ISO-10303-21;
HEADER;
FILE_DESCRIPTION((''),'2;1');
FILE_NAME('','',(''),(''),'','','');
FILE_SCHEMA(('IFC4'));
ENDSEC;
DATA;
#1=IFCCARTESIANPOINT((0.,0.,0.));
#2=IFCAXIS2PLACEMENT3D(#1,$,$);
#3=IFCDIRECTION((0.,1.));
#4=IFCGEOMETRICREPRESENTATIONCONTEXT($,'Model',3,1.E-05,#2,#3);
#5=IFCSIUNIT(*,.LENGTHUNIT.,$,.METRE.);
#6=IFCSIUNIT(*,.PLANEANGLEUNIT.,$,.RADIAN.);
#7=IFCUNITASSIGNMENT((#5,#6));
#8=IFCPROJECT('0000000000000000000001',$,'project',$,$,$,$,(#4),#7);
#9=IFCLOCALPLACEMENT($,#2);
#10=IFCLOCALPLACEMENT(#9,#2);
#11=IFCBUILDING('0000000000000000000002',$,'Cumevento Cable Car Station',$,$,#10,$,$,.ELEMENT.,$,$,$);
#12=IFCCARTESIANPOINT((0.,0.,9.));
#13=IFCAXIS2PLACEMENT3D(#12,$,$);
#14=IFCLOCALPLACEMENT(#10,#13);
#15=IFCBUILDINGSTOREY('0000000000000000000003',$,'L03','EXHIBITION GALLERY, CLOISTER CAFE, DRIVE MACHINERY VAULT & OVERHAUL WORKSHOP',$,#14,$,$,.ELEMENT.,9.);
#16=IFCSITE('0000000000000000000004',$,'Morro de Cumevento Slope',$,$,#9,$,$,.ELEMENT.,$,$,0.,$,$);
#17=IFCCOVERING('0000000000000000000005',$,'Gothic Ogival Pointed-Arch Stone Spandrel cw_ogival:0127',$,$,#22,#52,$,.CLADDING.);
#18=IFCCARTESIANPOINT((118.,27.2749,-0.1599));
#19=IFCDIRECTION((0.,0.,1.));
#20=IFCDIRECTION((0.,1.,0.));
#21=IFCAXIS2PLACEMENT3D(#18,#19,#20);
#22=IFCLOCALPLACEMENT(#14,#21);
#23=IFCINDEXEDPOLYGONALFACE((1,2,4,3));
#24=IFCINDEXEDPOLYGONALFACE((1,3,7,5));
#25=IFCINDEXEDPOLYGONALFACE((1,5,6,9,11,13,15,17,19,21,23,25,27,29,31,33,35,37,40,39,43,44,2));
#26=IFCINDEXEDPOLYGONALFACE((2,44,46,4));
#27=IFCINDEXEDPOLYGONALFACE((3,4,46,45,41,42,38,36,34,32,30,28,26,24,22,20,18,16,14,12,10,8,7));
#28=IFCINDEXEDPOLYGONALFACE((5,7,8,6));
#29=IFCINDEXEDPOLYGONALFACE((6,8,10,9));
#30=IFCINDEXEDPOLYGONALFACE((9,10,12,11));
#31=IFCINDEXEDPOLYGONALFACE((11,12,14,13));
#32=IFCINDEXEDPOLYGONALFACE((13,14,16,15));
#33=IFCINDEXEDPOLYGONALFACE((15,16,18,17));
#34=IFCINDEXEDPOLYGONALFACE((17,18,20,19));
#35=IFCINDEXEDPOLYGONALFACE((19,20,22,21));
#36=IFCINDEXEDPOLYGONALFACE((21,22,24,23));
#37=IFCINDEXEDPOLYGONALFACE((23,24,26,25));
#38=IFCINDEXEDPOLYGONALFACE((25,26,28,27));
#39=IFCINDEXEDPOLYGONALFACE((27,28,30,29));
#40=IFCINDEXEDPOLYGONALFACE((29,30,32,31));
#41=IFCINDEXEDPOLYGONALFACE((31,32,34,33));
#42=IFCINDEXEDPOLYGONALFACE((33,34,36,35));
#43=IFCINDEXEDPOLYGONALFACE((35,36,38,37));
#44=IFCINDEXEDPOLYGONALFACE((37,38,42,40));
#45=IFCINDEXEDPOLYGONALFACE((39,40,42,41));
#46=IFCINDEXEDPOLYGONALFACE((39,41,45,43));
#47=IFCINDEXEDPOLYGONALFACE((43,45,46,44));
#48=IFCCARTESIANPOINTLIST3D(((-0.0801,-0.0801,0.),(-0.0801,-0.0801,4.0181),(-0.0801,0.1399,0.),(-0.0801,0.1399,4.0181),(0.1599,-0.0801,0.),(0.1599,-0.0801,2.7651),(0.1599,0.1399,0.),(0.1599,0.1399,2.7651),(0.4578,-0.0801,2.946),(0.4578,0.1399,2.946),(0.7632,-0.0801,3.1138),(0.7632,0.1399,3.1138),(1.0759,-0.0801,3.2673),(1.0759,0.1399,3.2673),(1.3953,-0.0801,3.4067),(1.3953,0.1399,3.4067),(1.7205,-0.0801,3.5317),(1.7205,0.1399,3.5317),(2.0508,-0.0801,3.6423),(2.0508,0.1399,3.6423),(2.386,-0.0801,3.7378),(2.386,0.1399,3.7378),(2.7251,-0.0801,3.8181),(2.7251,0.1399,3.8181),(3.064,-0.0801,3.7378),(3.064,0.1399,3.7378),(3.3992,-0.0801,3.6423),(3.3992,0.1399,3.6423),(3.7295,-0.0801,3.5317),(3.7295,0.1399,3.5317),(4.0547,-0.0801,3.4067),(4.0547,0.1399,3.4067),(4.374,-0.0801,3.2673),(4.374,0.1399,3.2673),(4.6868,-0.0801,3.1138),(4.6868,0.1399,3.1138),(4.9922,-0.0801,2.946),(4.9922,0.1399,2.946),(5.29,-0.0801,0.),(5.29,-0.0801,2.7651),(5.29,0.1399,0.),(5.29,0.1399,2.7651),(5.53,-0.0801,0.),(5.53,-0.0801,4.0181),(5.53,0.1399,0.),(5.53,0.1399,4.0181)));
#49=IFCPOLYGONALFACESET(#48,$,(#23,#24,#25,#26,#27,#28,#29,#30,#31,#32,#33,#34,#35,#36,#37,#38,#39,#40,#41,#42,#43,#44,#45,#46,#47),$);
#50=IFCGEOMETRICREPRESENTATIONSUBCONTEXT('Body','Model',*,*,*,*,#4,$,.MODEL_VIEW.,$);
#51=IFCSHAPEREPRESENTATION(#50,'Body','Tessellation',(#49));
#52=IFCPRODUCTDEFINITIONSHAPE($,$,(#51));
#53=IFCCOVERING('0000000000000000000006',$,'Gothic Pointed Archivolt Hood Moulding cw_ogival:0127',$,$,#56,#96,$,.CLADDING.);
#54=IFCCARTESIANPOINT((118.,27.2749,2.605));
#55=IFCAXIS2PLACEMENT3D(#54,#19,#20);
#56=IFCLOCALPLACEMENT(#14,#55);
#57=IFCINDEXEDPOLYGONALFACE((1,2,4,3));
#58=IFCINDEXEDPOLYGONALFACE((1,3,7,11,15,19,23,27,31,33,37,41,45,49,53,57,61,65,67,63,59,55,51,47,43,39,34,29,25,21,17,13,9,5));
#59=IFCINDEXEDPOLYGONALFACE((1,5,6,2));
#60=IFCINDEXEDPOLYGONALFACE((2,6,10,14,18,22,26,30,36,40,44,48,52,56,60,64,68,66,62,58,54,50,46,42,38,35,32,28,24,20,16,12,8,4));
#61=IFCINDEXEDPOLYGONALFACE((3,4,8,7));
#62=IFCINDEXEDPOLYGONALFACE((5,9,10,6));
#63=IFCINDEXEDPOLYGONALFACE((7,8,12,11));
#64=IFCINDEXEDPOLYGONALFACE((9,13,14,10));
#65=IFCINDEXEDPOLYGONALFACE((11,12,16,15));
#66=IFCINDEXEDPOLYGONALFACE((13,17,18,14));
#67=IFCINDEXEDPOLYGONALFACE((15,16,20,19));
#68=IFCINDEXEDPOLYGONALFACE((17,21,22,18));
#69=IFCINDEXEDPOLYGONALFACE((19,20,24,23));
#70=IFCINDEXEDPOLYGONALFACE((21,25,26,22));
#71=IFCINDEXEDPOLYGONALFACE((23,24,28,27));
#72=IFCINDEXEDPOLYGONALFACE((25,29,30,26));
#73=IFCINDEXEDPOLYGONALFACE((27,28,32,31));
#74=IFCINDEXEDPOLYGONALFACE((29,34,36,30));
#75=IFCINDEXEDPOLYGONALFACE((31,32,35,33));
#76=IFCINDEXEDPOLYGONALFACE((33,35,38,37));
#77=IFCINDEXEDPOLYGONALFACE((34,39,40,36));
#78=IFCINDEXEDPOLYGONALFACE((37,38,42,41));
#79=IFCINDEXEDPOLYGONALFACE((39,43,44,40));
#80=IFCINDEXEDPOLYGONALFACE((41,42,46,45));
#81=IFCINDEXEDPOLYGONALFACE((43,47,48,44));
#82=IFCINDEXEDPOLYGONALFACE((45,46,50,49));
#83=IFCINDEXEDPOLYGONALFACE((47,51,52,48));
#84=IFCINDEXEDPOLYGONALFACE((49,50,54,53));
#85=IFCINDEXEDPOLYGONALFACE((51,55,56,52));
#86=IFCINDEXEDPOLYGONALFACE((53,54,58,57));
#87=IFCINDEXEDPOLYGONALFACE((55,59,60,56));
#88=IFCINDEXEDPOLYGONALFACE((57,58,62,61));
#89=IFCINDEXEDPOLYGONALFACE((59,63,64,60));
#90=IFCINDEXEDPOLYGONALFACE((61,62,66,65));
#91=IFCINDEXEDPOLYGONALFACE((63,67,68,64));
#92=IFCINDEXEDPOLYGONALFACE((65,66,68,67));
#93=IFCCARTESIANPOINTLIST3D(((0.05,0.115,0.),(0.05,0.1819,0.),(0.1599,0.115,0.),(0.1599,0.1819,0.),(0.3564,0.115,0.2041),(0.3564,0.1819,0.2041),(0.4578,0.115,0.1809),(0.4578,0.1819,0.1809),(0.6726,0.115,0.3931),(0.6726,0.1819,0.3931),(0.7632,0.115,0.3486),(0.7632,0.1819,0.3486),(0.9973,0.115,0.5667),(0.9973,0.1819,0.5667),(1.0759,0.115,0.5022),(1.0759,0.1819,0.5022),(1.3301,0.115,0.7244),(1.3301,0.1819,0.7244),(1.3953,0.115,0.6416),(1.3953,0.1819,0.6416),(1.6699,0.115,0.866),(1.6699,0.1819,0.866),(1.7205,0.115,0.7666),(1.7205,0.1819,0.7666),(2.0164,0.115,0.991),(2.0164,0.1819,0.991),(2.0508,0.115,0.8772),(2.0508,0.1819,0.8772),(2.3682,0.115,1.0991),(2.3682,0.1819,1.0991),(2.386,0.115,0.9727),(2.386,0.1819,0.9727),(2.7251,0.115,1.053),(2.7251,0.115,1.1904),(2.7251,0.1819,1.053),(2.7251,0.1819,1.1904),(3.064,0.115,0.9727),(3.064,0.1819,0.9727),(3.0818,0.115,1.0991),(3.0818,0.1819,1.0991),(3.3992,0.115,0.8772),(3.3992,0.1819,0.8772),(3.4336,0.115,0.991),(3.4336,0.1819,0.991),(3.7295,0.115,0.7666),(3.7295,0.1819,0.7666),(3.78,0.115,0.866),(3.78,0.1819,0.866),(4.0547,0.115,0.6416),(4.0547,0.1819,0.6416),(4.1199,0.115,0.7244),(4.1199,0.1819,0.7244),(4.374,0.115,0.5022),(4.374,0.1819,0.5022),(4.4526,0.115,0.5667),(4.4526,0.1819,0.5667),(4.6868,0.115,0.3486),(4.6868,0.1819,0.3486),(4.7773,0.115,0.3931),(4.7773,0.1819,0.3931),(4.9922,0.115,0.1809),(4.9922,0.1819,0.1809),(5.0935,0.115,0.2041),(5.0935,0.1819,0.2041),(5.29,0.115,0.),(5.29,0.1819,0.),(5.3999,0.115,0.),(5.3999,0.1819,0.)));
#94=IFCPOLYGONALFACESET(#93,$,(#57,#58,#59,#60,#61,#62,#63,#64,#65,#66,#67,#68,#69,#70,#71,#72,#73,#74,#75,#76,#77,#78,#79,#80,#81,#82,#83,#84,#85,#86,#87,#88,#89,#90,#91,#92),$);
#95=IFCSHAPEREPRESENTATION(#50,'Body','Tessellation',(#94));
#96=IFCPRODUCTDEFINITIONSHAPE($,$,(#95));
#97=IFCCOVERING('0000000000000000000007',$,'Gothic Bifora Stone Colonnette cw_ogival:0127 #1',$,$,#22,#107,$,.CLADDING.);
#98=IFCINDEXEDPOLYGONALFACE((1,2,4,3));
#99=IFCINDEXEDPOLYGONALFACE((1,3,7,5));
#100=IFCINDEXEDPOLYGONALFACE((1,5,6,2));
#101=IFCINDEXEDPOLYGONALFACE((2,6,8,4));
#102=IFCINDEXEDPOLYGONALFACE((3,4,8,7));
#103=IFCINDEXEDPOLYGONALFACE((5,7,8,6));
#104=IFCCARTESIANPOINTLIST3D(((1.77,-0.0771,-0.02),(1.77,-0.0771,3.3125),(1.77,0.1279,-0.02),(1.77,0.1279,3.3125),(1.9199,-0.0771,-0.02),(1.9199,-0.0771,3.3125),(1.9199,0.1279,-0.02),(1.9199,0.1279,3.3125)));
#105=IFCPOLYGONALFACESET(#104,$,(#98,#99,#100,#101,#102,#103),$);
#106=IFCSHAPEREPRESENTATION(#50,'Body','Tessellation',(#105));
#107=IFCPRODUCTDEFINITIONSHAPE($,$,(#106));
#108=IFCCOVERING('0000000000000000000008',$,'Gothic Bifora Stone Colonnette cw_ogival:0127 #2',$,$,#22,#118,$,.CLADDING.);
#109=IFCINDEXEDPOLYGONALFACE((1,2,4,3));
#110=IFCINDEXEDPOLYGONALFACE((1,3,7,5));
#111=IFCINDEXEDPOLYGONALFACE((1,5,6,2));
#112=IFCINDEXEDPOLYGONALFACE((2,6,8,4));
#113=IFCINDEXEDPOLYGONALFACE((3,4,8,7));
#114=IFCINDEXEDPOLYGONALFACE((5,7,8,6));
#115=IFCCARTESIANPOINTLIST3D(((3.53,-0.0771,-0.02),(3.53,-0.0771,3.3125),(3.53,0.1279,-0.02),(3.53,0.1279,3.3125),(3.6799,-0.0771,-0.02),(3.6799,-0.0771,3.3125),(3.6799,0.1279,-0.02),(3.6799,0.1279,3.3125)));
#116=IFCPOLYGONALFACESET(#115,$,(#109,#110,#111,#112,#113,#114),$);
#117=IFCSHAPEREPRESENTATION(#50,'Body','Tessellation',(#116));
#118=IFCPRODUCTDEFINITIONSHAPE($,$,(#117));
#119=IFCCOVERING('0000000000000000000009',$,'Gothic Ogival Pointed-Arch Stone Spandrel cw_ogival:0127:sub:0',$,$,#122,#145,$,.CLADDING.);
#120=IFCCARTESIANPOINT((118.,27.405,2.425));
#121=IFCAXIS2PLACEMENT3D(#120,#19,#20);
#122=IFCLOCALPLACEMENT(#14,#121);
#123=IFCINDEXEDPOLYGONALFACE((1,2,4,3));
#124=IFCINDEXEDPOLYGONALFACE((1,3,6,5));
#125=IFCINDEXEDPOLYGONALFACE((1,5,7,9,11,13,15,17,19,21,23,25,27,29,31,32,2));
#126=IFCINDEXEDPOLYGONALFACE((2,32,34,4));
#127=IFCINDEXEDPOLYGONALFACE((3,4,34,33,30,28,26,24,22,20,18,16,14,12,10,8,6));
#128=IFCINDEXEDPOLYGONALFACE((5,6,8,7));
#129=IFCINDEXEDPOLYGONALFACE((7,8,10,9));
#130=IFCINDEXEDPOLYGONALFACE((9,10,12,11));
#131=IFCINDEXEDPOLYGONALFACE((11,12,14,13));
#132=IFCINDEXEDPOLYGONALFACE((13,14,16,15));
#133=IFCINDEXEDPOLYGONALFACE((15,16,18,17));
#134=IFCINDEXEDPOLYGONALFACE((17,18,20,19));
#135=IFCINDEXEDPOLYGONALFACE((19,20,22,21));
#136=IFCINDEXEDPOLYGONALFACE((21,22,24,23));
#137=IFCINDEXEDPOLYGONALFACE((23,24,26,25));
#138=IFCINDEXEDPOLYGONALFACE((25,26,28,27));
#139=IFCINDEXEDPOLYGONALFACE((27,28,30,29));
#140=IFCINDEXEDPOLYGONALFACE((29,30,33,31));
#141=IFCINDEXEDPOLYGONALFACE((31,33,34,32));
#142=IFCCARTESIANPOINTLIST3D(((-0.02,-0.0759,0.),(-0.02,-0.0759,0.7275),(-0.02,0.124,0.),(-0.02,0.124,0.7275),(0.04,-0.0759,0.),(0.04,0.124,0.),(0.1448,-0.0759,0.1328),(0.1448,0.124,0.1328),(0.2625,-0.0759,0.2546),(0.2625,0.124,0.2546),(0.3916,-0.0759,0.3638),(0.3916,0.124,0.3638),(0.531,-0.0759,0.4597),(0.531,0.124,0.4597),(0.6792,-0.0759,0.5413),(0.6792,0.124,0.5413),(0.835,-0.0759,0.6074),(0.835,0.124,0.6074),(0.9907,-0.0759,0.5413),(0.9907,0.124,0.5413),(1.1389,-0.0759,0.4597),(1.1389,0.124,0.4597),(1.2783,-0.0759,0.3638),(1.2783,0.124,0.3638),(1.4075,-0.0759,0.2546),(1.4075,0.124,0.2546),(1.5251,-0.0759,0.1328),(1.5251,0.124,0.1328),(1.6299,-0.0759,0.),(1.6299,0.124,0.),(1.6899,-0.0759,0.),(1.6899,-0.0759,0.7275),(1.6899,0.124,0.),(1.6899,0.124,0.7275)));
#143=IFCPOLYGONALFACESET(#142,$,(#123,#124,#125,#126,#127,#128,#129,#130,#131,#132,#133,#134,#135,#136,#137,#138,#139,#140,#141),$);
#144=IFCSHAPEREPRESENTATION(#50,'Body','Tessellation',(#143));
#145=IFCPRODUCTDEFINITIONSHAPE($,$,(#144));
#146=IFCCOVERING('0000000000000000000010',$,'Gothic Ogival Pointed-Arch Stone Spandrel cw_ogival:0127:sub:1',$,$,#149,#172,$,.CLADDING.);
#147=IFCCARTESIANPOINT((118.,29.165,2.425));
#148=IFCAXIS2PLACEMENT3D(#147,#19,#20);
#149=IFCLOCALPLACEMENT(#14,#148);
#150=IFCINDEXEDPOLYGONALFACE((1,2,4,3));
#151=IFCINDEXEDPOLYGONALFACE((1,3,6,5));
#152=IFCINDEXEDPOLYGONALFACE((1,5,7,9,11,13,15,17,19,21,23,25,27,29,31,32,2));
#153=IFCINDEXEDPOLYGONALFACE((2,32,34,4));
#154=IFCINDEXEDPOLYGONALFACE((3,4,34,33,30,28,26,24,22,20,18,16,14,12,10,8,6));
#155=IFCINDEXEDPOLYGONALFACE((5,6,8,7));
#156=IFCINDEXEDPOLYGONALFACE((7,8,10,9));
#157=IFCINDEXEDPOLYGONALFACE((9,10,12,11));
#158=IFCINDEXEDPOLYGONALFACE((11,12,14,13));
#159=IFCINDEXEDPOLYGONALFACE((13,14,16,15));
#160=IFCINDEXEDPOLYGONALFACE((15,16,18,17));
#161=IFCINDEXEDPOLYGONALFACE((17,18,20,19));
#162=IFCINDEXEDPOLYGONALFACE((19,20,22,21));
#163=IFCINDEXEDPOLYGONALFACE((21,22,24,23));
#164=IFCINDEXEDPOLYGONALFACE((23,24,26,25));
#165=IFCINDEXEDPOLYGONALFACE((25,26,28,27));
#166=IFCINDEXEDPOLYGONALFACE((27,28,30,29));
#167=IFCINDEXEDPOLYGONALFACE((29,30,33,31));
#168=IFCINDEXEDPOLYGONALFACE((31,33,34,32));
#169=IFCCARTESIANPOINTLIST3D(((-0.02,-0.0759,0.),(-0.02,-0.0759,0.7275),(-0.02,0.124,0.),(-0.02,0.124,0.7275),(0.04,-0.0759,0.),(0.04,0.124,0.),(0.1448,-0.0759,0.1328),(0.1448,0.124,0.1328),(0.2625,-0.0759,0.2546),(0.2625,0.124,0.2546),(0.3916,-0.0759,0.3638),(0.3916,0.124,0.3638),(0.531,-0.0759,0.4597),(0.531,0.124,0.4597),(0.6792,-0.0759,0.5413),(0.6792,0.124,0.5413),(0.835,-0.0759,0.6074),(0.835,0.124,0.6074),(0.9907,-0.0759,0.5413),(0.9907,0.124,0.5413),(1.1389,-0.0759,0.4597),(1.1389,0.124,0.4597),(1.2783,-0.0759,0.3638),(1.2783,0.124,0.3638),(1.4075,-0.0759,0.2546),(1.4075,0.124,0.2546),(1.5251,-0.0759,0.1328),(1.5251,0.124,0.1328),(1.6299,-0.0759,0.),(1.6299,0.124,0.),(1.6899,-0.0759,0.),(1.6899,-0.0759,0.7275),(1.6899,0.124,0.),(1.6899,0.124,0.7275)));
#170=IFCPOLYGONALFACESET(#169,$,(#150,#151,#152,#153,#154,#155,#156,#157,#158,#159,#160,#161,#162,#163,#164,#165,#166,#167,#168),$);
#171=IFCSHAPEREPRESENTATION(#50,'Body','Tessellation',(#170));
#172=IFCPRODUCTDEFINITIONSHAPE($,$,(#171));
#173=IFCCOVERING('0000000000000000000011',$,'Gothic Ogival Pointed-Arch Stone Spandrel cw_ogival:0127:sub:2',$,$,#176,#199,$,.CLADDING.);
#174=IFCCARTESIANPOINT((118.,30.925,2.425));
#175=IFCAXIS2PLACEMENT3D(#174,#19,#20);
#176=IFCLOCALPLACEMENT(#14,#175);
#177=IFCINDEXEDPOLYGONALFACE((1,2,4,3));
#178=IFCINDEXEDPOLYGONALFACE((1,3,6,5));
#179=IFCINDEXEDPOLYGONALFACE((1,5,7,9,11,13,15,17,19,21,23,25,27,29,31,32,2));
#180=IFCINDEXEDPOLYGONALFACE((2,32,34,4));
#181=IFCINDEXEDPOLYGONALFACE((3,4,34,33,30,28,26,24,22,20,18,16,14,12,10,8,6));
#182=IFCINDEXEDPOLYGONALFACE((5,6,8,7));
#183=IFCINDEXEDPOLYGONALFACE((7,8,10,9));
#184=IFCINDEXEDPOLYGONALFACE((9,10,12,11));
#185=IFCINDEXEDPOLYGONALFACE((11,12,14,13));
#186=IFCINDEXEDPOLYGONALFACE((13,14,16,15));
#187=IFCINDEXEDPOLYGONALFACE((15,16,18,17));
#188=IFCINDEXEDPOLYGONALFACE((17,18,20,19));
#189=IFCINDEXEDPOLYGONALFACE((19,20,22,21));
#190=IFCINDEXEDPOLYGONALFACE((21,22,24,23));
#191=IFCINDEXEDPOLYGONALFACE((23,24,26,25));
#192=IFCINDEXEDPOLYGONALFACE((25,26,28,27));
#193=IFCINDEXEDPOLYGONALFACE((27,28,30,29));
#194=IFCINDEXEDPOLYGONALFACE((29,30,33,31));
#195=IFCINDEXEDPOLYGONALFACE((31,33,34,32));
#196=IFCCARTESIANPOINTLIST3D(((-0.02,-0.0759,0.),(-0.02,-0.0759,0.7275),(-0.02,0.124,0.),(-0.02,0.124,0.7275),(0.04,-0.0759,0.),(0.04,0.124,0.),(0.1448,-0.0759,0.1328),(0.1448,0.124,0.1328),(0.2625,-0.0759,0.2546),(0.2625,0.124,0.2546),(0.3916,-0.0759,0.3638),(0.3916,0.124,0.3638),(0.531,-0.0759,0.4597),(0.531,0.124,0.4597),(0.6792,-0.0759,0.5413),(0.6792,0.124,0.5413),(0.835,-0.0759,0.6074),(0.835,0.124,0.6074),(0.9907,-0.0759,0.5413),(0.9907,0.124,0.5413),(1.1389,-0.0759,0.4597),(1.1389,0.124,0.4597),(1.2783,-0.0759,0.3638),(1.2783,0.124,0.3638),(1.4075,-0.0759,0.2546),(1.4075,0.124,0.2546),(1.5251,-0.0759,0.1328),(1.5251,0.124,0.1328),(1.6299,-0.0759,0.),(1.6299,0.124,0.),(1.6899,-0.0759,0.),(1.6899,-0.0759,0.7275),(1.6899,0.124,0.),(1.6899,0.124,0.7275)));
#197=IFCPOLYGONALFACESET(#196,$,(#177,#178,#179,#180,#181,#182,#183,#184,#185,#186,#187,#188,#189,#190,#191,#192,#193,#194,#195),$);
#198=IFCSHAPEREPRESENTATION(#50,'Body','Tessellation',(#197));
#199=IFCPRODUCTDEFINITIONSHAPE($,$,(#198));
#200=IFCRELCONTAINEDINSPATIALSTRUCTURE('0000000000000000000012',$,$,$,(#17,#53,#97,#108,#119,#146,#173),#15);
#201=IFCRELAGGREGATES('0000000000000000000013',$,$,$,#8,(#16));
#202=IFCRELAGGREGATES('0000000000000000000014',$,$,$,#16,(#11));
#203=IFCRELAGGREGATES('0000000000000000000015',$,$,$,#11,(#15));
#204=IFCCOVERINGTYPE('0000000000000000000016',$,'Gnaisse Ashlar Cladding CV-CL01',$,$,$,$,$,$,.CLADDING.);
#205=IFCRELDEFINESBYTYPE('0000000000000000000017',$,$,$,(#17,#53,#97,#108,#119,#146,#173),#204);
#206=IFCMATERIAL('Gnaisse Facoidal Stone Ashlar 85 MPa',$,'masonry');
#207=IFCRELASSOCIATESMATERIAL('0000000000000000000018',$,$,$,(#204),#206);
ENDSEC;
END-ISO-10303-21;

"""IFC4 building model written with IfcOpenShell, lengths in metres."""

from ifc_helpers import new_model, si_unit, direction, frame, origin, place, context, subcontext, project, spatial, polyline, outline, extrude, material, type_object, element, save


model = new_model("IFC4")

# Units and contexts
model_context = context("Model", 3, precision=1e-05, world=origin(), true_north=direction((0.0, 1.0)))
body_context = subcontext(model_context, "Body", "Model", "MODEL_VIEW")
ifc_project = project(units=[si_unit("LENGTHUNIT", "METRE"), si_unit("PLANEANGLEUNIT", "RADIAN")], contexts=[model_context])

# Site, building, storey
site_placement = place(None, origin())
site = spatial("IfcSite", under=ifc_project, at=site_placement, Name="Morro de Cumevento Slope", CompositionType="ELEMENT", RefElevation=0.0)
building_placement = place(site_placement, origin())
building = spatial("IfcBuilding", under=site, at=building_placement, Name="Cumevento Cable Car Station", CompositionType="ELEMENT")
storey_placement = place(building_placement, frame((0.0, 0.0, 9.0)))
storey = spatial("IfcBuildingStorey", under=building, at=storey_placement, Name="L03", Description="EXHIBITION GALLERY, CLOISTER CAFE, DRIVE MACHINERY VAULT & OVERHAUL WORKSHOP", CompositionType="ELEMENT", Elevation=9.0)

# Coverings
ifc_material_1 = material(Name="Gnaisse Facoidal Stone Ashlar 85 MPa", Category="masonry")
covering_type = type_object("IfcCoveringType", Name="Gnaisse Ashlar Cladding CV-CL01", PredefinedType="CLADDING", material=ifc_material_1)
placement = place(storey_placement, frame((118.0, 27.2749, -0.1599), z_axis=(0.0, 0.0, 1.0), x_axis=(0.0, 1.0, 0.0)))
element("IfcCovering", 1, at=placement, inside=storey, type_object=covering_type, Name="Gothic Ogival Pointed-Arch Stone Spandrel cw_ogival:0127", PredefinedType="CLADDING", context=body_context, shape_type="SweptSolid", body=[
    extrude(outline(polyline([(-0.0801, 0.0), (-0.0801, 4.0181), (5.53, 4.0181), (5.53, 0.0), (5.29, 0.0), (5.29, 2.7651), (4.9922, 2.946), (4.6868, 3.1138), (4.374, 3.2673), (4.0547, 3.4067), (3.7295, 3.5317), (3.3992, 3.6423), (3.064, 3.7378), (2.7251, 3.8181), (2.386, 3.7378), (2.0508, 3.6423), (1.7205, 3.5317), (1.3953, 3.4067), (1.0759, 3.2673), (0.7632, 3.1138), (0.4578, 2.946), (0.1599, 2.7651), (0.1599, 0.0), (-0.0801, 0.0)])), frame((0.0, 0.1399, 0.0), z_axis=(0.0, -1.0, 0.0), x_axis=(1.0, 0.0, 0.0)), (0.0, 0.0, 1.0), 0.22),
])
covering_1_placement = place(storey_placement, frame((118.0, 27.2749, 2.605), z_axis=(0.0, 0.0, 1.0), x_axis=(0.0, 1.0, 0.0)))
element("IfcCovering", 2, at=covering_1_placement, inside=storey, type_object=covering_type, Name="Gothic Pointed Archivolt Hood Moulding cw_ogival:0127", PredefinedType="CLADDING", context=body_context, shape_type="SweptSolid", body=[
    extrude(outline(polyline([(0.1599, 0.0), (0.4578, 0.1809), (0.7632, 0.3486), (1.0759, 0.5022), (1.3953, 0.6416), (1.7205, 0.7666), (2.0508, 0.8772), (2.386, 0.9727), (2.7251, 1.053), (3.064, 0.9727), (3.3992, 0.8772), (3.7295, 0.7666), (4.0547, 0.6416), (4.374, 0.5022), (4.6868, 0.3486), (4.9922, 0.1809), (5.29, 0.0), (5.3999, 0.0), (5.0935, 0.2041), (4.7773, 0.3931), (4.4526, 0.5667), (4.1199, 0.7244), (3.78, 0.866), (3.4336, 0.991), (3.0818, 1.0991), (2.7251, 1.1904), (2.3682, 1.0991), (2.0164, 0.991), (1.6699, 0.866), (1.3301, 0.7244), (0.9973, 0.5667), (0.6726, 0.3931), (0.3564, 0.2041), (0.05, 0.0), (0.1599, 0.0)])), frame((0.0, 0.1819, 0.0), z_axis=(0.0, -1.0, 0.0), x_axis=(1.0, 0.0, 0.0)), (0.0, 0.0, 1.0), 0.0669),
])
element("IfcCovering", 3, at=placement, inside=storey, type_object=covering_type, Name="Gothic Bifora Stone Colonnette cw_ogival:0127 #1", PredefinedType="CLADDING", context=body_context, shape_type="SweptSolid", body=[
    extrude(outline(polyline([(1.77, -0.02), (1.9199, -0.02), (1.9199, 3.3125), (1.77, 3.3125), (1.77, -0.02)])), frame((0.0, 0.1279, 0.0), z_axis=(0.0, -1.0, 0.0), x_axis=(1.0, 0.0, 0.0)), (0.0, 0.0, 1.0), 0.2051),
])
element("IfcCovering", 4, at=placement, inside=storey, type_object=covering_type, Name="Gothic Bifora Stone Colonnette cw_ogival:0127 #2", PredefinedType="CLADDING", context=body_context, shape_type="SweptSolid", body=[
    extrude(outline(polyline([(3.53, -0.02), (3.6799, -0.02), (3.6799, 3.3125), (3.53, 3.3125), (3.53, -0.02)])), frame((0.0, 0.1279, 0.0), z_axis=(0.0, -1.0, 0.0), x_axis=(1.0, 0.0, 0.0)), (0.0, 0.0, 1.0), 0.2051),
])
for number, where, z_axis, x_axis, name in (
    (5, (118.0, 27.405, 2.425), (0.0, 0.0, 1.0), (0.0, 1.0, 0.0), "Gothic Ogival Pointed-Arch Stone Spandrel cw_ogival:0127:sub:0"),
    (6, (118.0, 29.165, 2.425), (0.0, 0.0, 1.0), (0.0, 1.0, 0.0), "Gothic Ogival Pointed-Arch Stone Spandrel cw_ogival:0127:sub:1"),
    (7, (118.0, 30.925, 2.425), (0.0, 0.0, 1.0), (0.0, 1.0, 0.0), "Gothic Ogival Pointed-Arch Stone Spandrel cw_ogival:0127:sub:2"),
):
    element("IfcCovering", number, at=place(storey_placement, frame(where, z_axis=z_axis, x_axis=x_axis)), inside=storey, type_object=covering_type, Name=name, PredefinedType="CLADDING", context=body_context, shape_type="SweptSolid", body=[
        extrude(outline(polyline([(-0.02, 0.0), (-0.02, 0.7275), (1.6899, 0.7275), (1.6899, 0.0), (1.6299, 0.0), (1.5251, 0.1328), (1.4075, 0.2546), (1.2783, 0.3638), (1.1389, 0.4597), (0.9907, 0.5413), (0.835, 0.6074), (0.6792, 0.5413), (0.531, 0.4597), (0.3916, 0.3638), (0.2625, 0.2546), (0.1448, 0.1328), (0.04, 0.0), (-0.02, 0.0)])), frame((0.0, 0.124, 0.0), z_axis=(0.0, -1.0, 0.0), x_axis=(1.0, 0.0, 0.0)), (0.0, 0.0, 1.0), 0.2),
    ])

save(model, "model.ifc")
